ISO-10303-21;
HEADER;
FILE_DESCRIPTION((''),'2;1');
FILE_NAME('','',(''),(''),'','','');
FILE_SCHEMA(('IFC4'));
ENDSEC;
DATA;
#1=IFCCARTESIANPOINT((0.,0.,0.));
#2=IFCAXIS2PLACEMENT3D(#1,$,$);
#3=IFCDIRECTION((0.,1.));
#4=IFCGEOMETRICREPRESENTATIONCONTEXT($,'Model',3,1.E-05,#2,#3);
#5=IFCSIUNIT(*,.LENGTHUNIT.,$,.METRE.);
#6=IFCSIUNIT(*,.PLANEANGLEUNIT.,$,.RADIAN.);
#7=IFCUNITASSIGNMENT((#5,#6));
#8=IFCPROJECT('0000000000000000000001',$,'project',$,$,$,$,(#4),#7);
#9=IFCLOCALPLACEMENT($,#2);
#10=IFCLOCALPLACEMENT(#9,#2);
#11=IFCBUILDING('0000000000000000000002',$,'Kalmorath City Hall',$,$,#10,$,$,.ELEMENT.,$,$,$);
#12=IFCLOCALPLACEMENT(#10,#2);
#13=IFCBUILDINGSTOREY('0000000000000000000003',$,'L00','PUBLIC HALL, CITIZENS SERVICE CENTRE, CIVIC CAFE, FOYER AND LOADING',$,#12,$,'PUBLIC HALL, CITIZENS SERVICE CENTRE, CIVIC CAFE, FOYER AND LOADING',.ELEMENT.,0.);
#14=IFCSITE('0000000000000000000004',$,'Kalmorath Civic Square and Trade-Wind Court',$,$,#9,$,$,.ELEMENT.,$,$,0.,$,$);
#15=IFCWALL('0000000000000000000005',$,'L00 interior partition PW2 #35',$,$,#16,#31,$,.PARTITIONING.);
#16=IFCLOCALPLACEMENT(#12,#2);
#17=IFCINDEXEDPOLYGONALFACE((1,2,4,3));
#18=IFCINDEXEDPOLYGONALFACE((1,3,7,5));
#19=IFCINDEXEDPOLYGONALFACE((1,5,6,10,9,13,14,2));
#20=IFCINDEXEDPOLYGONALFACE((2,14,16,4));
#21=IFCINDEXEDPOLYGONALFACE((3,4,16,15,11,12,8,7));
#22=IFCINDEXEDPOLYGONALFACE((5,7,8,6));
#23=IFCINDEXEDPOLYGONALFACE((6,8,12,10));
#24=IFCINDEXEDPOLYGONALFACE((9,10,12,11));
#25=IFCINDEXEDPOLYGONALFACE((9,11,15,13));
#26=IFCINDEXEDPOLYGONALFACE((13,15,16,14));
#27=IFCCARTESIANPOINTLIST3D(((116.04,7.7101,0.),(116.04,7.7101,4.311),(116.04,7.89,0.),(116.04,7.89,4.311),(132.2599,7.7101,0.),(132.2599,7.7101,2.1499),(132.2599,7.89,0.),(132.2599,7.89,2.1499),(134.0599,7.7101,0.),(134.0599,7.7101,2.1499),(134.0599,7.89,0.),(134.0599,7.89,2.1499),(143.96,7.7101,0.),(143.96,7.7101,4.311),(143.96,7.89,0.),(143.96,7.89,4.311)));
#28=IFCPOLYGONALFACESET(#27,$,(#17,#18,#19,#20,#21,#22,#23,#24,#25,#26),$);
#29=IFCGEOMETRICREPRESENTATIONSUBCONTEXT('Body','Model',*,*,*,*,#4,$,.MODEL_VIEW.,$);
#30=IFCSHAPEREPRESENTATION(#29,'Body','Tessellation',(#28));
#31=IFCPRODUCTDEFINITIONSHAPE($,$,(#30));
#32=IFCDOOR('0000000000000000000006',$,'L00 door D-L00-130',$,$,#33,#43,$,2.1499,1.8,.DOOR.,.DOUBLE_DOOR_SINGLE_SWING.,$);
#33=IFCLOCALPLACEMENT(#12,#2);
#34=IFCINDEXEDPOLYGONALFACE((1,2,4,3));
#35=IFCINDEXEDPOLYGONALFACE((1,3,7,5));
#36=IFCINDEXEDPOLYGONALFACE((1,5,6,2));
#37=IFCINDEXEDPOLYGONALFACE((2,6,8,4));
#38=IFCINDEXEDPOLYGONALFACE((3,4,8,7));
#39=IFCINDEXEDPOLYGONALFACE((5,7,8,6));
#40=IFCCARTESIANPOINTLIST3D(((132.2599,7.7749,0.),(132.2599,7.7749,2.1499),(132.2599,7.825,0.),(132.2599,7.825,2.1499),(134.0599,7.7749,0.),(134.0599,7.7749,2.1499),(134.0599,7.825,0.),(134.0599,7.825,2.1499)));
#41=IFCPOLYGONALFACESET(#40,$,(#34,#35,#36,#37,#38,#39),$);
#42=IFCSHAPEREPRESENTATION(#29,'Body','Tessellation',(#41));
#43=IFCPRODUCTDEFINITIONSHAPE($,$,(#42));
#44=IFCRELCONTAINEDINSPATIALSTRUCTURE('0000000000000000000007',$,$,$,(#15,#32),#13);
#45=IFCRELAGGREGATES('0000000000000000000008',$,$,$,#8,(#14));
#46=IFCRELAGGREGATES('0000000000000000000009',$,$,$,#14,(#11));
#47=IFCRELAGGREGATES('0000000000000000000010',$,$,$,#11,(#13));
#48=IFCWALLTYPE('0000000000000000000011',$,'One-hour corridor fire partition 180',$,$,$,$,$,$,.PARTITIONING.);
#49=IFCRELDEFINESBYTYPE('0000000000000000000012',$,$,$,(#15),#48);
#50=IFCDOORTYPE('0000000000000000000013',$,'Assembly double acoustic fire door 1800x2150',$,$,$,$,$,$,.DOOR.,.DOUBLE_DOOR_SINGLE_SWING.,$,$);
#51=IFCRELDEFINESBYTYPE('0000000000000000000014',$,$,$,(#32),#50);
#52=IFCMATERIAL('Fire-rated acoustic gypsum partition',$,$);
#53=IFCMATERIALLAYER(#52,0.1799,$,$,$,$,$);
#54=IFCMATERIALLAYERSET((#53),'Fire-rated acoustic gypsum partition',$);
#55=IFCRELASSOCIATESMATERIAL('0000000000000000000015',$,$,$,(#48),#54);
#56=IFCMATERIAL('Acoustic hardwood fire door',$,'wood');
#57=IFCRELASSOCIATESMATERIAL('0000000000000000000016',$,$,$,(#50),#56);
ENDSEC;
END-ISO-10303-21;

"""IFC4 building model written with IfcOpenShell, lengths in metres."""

from ifc_helpers import new_model, si_unit, direction, frame, frame_2d, origin, place, context, subcontext, project, spatial, rectangle, extrude, material, layer, layer_set, type_object, element, fill, save


model = new_model("IFC4")

# Units and contexts
model_context = context("Model", 3, precision=1e-05, world=origin(), true_north=direction((0.0, 1.0)))
body_context = subcontext(model_context, "Body", "Model", "MODEL_VIEW")
ifc_project = project(units=[si_unit("LENGTHUNIT", "METRE"), si_unit("PLANEANGLEUNIT", "RADIAN")], contexts=[model_context])

# Site, building, storey
site_placement = place(None, origin())
site = spatial("IfcSite", under=ifc_project, at=site_placement, Name="Kalmorath Civic Square and Trade-Wind Court", CompositionType="ELEMENT", RefElevation=0.0)
building_placement = place(site_placement, origin())
building = spatial("IfcBuilding", under=site, at=building_placement, Name="Kalmorath City Hall", CompositionType="ELEMENT")
storey_placement = place(building_placement, origin())
storey = spatial("IfcBuildingStorey", under=building, at=storey_placement, Name="L00", Description="PUBLIC HALL, CITIZENS SERVICE CENTRE, CIVIC CAFE, FOYER AND LOADING", LongName="PUBLIC HALL, CITIZENS SERVICE CENTRE, CIVIC CAFE, FOYER AND LOADING", CompositionType="ELEMENT", Elevation=0.0)

# Wall, opening, door
ifc_material_1 = material(Name="Fire-rated acoustic gypsum partition")
ifc_layer_1 = layer(ifc_material_1, 0.1799)
ifc_layer_set_1 = layer_set([ifc_layer_1], Name="Fire-rated acoustic gypsum partition")
wall_type_1 = type_object("IfcWallType", Name="One-hour corridor fire partition 180", PredefinedType="PARTITIONING", material=ifc_layer_set_1)
wall_1_placement = place(storey_placement, frame((116.04, 7.8, 0.0), z_axis=(0.0, 0.0, 1.0), x_axis=(1.0, 0.0, 0.0)))
wall_1 = element("IfcWall", 1, at=wall_1_placement, inside=storey, type_object=wall_type_1, Name="L00 interior partition PW2 #35", PredefinedType="PARTITIONING", context=body_context, shape_type="SweptSolid", body=[
    extrude(rectangle(XDim=27.9199, YDim=0.1799, at=frame_2d((13.96, 0.0))), origin(), (0.0, 0.0, 1.0), 4.311),
])
opening_1_placement = place(wall_1_placement, frame((16.22, 0.0, 0.0)))
opening_1 = element("IfcOpeningElement", 2, at=opening_1_placement, cuts=wall_1, PredefinedType="OPENING", context=body_context, shape_type="SweptSolid", body=[
    extrude(rectangle(XDim=1.8, YDim=2.1499, at=frame_2d((0.8999, 1.075))), frame((0.0, 0.0999, 0.0), z_axis=(0.0, -1.0, 0.0), x_axis=(1.0, 0.0, 0.0)), (0.0, 0.0, 1.0), 0.2),
])
ifc_material_2 = material(Name="Acoustic hardwood fire door", Category="wood")
door_type_1 = type_object("IfcDoorType", Name="Assembly double acoustic fire door 1800x2150", OperationType="DOUBLE_DOOR_SINGLE_SWING", PredefinedType="DOOR", material=ifc_material_2)
door_1_placement = place(opening_1_placement, origin())
door_1 = element("IfcDoor", 3, at=door_1_placement, inside=storey, type_object=door_type_1, Name="L00 door D-L00-130", OperationType="DOUBLE_DOOR_SINGLE_SWING", OverallHeight=2.1499, OverallWidth=1.8, PredefinedType="DOOR", context=body_context, shape_type="SweptSolid", body=[
    extrude(rectangle(XDim=1.8, YDim=2.1499, at=frame_2d((0.8999, 1.075))), frame((0.0, 0.0249, 0.0), z_axis=(0.0, -1.0, 0.0), x_axis=(1.0, 0.0, 0.0)), (0.0, 0.0, 1.0), 0.05),
])
fill(opening_1, door_1)

save(model, "model.ifc")
